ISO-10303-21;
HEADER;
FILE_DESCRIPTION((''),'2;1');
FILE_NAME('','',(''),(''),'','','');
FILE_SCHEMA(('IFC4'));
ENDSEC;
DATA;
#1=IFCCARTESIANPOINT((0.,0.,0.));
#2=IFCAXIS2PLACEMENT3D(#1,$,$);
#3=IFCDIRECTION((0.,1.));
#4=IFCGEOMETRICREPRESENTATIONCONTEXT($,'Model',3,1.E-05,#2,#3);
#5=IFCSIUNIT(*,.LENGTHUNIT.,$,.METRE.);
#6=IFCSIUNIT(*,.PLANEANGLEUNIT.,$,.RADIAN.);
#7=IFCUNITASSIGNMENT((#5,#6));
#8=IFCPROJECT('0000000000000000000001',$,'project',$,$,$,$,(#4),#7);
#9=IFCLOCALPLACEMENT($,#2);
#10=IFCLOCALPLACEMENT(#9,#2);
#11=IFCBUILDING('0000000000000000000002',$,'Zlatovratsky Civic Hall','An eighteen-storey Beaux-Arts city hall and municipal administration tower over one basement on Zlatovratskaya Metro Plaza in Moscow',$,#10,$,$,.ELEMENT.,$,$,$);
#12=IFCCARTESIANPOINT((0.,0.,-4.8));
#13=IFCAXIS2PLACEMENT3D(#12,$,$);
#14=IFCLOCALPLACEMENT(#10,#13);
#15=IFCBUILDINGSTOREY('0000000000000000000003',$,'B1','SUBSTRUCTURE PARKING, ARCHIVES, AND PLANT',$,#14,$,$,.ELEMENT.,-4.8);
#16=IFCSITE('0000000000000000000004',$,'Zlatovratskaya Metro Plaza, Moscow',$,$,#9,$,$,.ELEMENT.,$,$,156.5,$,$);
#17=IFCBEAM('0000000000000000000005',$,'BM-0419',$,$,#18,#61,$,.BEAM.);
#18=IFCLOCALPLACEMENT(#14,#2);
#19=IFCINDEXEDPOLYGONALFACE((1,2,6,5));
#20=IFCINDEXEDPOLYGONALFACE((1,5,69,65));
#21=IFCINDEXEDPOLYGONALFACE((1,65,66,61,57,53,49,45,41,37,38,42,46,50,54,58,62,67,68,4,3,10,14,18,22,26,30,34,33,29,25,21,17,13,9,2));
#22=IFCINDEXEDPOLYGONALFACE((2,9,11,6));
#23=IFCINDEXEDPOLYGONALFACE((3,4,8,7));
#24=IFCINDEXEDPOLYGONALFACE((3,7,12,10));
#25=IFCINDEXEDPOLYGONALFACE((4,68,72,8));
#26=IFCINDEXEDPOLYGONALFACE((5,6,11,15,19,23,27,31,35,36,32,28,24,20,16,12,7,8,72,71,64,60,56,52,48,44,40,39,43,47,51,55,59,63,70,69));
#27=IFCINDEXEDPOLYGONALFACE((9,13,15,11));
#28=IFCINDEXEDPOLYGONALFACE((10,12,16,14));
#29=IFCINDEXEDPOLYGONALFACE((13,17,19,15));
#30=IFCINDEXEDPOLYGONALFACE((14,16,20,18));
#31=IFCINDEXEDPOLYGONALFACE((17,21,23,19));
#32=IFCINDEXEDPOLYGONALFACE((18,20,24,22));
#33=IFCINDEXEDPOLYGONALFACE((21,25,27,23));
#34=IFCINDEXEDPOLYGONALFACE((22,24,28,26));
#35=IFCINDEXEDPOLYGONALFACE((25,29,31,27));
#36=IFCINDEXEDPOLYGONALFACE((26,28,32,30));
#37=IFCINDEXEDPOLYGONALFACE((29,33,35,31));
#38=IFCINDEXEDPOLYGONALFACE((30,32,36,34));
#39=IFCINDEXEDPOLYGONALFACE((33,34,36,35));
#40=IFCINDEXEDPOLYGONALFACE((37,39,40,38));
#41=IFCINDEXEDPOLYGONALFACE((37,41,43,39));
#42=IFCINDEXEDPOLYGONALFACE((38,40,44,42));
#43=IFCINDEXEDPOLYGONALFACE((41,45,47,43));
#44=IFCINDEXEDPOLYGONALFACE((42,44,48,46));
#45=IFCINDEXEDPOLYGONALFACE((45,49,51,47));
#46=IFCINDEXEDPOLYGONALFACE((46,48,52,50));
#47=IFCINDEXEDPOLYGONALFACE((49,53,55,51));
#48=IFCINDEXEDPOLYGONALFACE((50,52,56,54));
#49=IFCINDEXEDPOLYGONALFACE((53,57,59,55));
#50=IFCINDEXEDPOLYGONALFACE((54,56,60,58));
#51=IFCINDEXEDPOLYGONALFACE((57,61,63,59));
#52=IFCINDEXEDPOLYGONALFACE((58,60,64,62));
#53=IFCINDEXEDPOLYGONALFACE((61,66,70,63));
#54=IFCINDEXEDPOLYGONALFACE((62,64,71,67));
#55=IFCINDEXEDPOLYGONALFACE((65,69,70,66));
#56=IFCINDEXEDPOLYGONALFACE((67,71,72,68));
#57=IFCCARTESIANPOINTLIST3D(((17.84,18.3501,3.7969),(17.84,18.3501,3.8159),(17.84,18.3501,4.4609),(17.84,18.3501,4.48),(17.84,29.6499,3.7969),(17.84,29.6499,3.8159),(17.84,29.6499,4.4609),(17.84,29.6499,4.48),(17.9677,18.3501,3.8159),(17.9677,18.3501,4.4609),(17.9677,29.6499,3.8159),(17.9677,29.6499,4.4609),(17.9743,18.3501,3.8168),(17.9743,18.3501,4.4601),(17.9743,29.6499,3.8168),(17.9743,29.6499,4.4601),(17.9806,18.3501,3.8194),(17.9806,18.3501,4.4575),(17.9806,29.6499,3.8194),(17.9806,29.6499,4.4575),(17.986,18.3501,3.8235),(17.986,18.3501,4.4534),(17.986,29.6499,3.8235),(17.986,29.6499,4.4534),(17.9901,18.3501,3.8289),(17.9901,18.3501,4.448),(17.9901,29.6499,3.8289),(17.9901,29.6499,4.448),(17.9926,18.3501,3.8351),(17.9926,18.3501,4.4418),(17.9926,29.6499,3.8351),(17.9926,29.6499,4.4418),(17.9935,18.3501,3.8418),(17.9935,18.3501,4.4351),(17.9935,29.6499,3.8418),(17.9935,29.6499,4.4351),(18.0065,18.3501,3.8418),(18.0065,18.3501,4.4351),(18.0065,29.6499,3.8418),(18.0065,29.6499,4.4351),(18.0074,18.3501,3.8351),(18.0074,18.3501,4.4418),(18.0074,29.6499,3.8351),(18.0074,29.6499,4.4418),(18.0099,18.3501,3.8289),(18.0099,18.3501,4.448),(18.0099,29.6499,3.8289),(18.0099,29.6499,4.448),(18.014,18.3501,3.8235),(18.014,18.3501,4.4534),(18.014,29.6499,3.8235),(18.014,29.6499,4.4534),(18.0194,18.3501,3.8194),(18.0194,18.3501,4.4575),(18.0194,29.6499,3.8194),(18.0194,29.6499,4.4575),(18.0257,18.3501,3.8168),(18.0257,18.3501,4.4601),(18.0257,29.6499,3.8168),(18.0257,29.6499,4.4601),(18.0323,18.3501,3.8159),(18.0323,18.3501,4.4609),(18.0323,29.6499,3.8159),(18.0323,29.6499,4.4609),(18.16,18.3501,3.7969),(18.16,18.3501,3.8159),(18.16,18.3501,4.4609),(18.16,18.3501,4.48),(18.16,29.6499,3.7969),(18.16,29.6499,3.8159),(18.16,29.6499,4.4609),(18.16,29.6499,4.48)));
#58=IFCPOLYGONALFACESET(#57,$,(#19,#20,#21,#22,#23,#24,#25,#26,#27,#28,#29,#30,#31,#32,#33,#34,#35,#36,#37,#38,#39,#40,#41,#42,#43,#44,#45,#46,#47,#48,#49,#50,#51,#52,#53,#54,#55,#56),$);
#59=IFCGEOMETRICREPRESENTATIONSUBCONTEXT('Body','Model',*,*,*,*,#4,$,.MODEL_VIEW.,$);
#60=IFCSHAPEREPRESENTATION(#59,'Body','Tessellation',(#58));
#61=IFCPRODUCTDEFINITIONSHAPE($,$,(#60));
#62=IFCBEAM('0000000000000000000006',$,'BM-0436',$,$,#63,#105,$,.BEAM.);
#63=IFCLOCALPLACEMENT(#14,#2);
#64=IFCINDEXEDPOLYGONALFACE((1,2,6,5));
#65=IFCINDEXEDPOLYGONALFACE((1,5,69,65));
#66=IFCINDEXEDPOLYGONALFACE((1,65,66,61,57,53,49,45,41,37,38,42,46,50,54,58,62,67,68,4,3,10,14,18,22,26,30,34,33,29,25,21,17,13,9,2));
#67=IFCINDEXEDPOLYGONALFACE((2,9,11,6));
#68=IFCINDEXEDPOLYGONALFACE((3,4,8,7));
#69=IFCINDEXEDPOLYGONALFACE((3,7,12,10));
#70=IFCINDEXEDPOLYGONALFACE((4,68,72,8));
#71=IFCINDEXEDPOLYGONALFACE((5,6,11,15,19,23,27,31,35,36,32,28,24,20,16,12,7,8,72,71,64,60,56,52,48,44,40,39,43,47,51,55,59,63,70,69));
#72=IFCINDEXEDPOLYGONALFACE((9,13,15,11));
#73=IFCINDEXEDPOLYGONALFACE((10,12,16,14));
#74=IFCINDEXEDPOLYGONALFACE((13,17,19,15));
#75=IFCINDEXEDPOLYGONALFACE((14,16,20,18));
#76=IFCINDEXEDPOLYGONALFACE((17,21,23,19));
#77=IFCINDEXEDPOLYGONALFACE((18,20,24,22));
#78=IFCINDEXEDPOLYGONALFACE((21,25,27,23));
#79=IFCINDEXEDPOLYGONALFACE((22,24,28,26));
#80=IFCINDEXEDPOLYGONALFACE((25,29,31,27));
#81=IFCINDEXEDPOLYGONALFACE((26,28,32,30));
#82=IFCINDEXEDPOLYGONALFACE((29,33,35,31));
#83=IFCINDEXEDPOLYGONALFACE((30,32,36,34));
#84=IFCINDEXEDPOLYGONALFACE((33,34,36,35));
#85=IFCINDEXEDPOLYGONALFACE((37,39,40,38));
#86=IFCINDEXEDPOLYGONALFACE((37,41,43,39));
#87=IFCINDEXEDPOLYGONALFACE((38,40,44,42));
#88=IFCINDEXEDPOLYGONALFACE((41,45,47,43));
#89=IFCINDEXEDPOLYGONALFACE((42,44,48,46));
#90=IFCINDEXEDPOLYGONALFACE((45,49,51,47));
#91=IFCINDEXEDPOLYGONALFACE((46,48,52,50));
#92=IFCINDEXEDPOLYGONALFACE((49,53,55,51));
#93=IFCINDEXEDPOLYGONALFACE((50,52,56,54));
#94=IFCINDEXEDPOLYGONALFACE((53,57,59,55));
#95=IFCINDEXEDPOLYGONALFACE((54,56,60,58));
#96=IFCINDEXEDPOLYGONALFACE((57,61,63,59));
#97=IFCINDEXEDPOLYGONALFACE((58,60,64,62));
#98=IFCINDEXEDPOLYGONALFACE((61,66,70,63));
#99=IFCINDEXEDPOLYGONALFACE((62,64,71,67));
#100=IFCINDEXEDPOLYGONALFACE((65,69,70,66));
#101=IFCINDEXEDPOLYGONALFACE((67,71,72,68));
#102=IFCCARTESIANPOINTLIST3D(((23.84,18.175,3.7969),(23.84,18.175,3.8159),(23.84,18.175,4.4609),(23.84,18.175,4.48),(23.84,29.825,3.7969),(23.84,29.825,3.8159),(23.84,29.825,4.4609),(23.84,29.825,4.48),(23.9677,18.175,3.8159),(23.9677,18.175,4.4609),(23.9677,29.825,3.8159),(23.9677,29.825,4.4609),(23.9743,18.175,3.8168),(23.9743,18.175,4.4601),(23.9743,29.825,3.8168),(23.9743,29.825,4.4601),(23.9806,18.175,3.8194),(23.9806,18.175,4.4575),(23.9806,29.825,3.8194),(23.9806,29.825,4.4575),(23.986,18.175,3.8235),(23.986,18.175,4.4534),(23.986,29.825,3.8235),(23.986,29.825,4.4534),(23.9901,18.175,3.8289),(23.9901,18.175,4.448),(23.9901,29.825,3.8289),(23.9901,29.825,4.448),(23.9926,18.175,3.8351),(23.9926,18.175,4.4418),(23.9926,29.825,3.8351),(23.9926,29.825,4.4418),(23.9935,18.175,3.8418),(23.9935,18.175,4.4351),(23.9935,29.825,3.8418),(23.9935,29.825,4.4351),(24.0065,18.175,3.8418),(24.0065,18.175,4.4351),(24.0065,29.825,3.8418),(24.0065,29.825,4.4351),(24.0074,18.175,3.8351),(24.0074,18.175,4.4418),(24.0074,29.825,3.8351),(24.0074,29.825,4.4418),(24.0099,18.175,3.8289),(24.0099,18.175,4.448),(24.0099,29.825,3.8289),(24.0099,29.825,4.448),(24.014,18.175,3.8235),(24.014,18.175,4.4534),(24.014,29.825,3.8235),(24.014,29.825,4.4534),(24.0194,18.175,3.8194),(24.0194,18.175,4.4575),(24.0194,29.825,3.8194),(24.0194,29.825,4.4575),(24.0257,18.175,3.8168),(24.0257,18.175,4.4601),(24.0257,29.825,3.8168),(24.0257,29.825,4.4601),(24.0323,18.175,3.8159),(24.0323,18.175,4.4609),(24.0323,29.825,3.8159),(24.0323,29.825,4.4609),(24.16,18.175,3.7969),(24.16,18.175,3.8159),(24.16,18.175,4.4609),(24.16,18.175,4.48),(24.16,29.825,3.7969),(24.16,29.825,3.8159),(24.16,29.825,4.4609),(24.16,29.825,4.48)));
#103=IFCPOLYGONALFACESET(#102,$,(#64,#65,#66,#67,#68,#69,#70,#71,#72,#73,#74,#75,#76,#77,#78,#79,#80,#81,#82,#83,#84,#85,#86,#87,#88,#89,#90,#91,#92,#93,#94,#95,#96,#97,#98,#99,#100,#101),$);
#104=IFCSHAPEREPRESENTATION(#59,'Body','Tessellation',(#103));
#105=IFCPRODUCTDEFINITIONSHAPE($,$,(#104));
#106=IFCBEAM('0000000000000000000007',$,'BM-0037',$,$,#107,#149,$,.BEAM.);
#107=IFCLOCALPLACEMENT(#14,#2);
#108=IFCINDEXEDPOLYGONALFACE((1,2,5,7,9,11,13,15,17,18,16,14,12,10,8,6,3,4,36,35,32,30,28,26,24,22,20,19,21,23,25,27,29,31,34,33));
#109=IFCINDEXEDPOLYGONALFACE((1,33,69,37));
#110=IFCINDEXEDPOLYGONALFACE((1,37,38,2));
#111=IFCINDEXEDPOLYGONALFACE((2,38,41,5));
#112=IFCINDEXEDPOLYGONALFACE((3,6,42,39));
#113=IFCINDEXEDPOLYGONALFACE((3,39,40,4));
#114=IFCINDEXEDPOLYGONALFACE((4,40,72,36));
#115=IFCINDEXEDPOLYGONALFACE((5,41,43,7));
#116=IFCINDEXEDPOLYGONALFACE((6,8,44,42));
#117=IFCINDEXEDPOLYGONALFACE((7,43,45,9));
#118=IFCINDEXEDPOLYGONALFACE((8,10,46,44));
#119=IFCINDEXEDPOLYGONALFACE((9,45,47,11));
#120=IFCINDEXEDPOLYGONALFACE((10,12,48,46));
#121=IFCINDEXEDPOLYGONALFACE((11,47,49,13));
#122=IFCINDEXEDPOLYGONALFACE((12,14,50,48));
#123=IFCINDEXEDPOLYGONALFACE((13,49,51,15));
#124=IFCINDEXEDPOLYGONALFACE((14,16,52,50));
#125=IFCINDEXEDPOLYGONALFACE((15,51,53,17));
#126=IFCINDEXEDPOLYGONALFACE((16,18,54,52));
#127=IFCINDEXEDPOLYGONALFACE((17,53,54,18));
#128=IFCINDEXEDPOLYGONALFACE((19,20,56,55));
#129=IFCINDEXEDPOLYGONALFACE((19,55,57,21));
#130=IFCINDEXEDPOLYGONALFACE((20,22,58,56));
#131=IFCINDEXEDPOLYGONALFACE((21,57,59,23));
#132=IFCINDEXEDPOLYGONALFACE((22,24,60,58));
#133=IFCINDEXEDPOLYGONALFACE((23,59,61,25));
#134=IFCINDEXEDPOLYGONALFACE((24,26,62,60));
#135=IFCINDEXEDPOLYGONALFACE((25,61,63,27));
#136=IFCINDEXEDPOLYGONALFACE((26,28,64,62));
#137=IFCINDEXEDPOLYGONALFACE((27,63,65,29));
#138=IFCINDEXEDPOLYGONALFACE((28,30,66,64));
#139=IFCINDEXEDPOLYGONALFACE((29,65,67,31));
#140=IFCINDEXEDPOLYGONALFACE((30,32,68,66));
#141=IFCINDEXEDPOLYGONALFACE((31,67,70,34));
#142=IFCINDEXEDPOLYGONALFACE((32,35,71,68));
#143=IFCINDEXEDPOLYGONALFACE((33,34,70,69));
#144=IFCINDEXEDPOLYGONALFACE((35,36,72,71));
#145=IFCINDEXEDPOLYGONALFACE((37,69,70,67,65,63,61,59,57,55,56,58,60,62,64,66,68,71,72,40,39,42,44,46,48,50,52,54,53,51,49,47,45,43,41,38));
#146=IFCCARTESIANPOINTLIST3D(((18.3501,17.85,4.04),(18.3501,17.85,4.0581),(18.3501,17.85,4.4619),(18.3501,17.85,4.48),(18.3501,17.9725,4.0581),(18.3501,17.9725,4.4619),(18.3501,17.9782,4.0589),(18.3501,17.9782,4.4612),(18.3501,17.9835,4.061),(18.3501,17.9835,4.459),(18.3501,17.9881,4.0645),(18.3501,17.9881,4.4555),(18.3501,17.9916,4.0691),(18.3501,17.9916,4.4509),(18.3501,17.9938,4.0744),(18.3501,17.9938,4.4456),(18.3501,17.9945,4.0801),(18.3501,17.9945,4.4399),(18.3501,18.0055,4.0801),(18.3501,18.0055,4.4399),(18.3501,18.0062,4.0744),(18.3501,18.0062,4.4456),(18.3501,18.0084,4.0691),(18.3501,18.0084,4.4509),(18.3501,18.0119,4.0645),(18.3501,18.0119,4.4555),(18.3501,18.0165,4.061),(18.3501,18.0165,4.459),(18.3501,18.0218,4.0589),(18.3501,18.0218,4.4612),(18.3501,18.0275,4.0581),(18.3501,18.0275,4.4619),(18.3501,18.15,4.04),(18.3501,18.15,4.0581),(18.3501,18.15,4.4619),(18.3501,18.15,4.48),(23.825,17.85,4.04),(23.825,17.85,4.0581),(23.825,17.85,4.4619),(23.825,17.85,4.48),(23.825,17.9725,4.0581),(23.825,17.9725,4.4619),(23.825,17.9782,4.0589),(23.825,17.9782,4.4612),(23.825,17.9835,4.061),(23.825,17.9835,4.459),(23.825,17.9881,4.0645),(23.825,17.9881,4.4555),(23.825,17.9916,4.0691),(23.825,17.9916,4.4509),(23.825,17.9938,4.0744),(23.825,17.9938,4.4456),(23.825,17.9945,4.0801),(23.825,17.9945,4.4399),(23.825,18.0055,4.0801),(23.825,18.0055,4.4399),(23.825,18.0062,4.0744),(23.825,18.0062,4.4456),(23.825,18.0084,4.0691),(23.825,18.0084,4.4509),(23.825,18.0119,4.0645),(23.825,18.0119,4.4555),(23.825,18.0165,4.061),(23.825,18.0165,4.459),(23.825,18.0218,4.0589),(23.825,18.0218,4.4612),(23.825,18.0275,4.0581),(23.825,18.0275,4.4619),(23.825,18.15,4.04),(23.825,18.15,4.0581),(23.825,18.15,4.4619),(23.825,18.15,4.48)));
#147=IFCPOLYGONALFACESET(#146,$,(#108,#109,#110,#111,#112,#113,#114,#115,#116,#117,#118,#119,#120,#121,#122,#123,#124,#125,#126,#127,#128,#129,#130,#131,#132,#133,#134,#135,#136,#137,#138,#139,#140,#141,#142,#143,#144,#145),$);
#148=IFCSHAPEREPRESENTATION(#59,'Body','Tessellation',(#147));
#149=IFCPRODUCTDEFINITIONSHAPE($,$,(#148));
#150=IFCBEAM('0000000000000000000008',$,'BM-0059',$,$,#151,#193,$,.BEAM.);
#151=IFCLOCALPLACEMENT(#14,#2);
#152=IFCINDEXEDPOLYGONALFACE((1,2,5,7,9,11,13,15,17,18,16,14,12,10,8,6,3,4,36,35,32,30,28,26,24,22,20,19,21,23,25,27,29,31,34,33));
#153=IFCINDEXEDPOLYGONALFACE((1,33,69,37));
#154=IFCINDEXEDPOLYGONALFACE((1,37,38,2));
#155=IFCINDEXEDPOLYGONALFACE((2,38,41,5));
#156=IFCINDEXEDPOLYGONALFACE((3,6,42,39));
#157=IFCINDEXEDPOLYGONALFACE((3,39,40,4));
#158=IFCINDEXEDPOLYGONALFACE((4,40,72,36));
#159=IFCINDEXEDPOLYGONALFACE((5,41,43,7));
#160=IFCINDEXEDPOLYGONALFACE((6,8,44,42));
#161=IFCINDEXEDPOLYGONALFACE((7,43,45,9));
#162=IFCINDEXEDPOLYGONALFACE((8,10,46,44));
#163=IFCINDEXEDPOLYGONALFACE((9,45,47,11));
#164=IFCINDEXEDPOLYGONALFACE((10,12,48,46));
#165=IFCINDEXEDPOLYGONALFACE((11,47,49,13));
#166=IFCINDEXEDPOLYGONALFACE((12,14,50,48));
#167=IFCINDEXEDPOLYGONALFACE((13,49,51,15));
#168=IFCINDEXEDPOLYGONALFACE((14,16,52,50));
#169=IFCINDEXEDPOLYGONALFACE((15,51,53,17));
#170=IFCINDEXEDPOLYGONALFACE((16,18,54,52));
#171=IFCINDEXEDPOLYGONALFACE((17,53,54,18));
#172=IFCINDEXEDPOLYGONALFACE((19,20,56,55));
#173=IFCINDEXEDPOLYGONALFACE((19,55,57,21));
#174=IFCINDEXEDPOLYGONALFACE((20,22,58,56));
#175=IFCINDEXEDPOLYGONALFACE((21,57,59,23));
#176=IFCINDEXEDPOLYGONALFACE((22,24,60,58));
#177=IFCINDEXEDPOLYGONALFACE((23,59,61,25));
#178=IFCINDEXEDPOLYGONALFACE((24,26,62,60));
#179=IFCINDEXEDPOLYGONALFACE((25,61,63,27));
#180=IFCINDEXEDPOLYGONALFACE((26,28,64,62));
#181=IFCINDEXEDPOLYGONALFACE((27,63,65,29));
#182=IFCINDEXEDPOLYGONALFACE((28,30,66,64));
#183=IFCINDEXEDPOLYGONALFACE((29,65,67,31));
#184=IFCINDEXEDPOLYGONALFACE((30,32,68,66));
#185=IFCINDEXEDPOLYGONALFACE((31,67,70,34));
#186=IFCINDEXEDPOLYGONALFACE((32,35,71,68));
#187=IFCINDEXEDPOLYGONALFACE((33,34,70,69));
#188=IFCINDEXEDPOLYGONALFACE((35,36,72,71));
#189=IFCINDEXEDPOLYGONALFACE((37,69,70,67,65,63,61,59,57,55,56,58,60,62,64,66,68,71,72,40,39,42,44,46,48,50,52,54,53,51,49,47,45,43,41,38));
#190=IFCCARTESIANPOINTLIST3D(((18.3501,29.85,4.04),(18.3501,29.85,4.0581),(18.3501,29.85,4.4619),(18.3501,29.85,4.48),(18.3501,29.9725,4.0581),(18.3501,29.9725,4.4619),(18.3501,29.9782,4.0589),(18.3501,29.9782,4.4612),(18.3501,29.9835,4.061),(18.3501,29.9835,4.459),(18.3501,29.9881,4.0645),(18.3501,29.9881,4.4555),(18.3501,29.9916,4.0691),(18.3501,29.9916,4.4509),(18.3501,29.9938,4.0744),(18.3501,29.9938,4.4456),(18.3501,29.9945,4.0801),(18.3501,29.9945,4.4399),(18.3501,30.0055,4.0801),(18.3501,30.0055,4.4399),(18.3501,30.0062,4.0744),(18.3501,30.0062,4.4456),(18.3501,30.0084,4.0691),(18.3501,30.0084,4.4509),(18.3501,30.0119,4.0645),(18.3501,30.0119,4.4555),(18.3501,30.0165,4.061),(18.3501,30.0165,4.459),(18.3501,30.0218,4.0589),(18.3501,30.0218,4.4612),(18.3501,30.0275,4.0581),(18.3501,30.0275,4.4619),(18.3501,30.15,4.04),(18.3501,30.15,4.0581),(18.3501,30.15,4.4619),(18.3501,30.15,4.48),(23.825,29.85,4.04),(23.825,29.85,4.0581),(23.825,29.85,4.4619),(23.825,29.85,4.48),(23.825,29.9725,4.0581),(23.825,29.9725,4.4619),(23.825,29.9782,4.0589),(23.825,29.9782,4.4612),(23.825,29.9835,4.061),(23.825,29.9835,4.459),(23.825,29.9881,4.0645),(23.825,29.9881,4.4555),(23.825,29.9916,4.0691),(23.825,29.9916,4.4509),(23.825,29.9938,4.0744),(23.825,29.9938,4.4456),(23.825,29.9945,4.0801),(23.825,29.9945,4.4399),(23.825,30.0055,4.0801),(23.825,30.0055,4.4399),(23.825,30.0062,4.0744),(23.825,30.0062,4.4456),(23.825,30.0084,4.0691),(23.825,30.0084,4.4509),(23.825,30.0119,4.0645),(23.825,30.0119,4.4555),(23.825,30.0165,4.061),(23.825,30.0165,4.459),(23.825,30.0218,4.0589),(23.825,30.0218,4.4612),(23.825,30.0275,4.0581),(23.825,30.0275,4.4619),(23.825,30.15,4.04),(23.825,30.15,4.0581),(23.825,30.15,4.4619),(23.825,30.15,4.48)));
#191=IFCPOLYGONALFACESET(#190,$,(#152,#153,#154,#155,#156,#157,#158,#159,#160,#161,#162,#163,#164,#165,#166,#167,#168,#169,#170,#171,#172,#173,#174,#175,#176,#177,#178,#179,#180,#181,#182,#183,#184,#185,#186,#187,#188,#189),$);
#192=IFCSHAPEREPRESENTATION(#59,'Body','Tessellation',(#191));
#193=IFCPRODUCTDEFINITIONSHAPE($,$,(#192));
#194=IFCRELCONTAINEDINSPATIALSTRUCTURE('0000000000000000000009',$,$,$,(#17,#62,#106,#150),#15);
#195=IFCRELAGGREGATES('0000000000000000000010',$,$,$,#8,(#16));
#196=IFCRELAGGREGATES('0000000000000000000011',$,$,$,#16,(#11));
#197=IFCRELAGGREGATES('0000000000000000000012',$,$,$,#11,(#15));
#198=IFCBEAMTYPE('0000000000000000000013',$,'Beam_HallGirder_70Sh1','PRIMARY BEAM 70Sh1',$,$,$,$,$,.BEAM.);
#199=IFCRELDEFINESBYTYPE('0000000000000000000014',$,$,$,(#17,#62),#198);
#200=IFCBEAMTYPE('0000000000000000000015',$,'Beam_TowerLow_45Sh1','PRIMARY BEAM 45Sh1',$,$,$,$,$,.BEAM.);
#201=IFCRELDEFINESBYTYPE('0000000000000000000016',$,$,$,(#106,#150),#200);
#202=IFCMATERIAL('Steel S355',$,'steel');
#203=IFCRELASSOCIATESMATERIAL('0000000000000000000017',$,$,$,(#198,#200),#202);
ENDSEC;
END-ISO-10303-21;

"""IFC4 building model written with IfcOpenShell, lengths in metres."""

from ifc_helpers import new_model, si_unit, direction, frame, origin, origin_2d, place, context, subcontext, project, spatial, i_section, extrude, material, material_profile, profile_set, type_object, element, save


model = new_model("IFC4")

# Units and contexts
model_context = context("Model", 3, precision=1e-05, world=origin(), true_north=direction((0.0, 1.0)))
body_context = subcontext(model_context, "Body", "Model", "MODEL_VIEW")
ifc_project = project(units=[si_unit("LENGTHUNIT", "METRE"), si_unit("PLANEANGLEUNIT", "RADIAN")], contexts=[model_context])

# Site, building, storey
site_placement = place(None, origin())
site = spatial("IfcSite", under=ifc_project, at=site_placement, Name="Zlatovratskaya Metro Plaza, Moscow", CompositionType="ELEMENT", RefElevation=156.5)
building_placement = place(site_placement, origin())
building = spatial("IfcBuilding", under=site, at=building_placement, Name="Zlatovratsky Civic Hall", Description="An eighteen-storey Beaux-Arts city hall and municipal administration tower over one basement on Zlatovratskaya Metro Plaza in Moscow", CompositionType="ELEMENT")
storey_placement = place(building_placement, frame((0.0, 0.0, -4.8)))
storey = spatial("IfcBuildingStorey", under=building, at=storey_placement, Name="B1", Description="SUBSTRUCTURE PARKING, ARCHIVES, AND PLANT", CompositionType="ELEMENT", Elevation=-4.8)

# Shared definitions
ifc_material_1 = material(Name="Steel S355", Category="steel")

# Beams
ifc_material_profile_1 = material_profile(ifc_material_1, i_section(OverallWidth=0.3201, OverallDepth=0.6831, WebThickness=0.0129, FlangeThickness=0.019, FilletRadius=0.0259, at=origin_2d()), Name="70Sh1")
ifc_profile_set_1 = profile_set([ifc_material_profile_1], Name="Steel S355")
beam_type_1 = type_object("IfcBeamType", Name="Beam_HallGirder_70Sh1", Description="PRIMARY BEAM 70Sh1", PredefinedType="BEAM", material=ifc_profile_set_1)
beam_1_placement = place(storey_placement, frame((18.0, 18.3501, 4.1384), z_axis=(0.0, 1.0, 0.0), x_axis=(-1.0, 0.0, 0.0)))
element("IfcBeam", 1, at=beam_1_placement, inside=storey, type_object=beam_type_1, Name="BM-0419", PredefinedType="BEAM", context=body_context, shape_type="SweptSolid", body=[
    extrude(i_section(OverallWidth=0.3201, OverallDepth=0.6831, WebThickness=0.0129, FlangeThickness=0.019, FilletRadius=0.0259, at=origin_2d()), origin(), (0.0, 0.0, 1.0), 11.2998),
])
beam_2_placement = place(storey_placement, frame((24.0, 18.175, 4.1384), z_axis=(0.0, 1.0, 0.0), x_axis=(-1.0, 0.0, 0.0)))
element("IfcBeam", 2, at=beam_2_placement, inside=storey, type_object=beam_type_1, Name="BM-0436", PredefinedType="BEAM", context=body_context, shape_type="SweptSolid", body=[
    extrude(i_section(OverallWidth=0.3201, OverallDepth=0.6831, WebThickness=0.0129, FlangeThickness=0.019, FilletRadius=0.0259, at=origin_2d()), origin(), (0.0, 0.0, 1.0), 11.6499),
])
ifc_material_profile_2 = material_profile(ifc_material_1, i_section(OverallWidth=0.3, OverallDepth=0.4399, WebThickness=0.011, FlangeThickness=0.0181, FilletRadius=0.022, at=origin_2d()), Name="45Sh1")
ifc_profile_set_2 = profile_set([ifc_material_profile_2], Name="Steel S355")
beam_type_2 = type_object("IfcBeamType", Name="Beam_TowerLow_45Sh1", Description="PRIMARY BEAM 45Sh1", PredefinedType="BEAM", material=ifc_profile_set_2)
for number, where, z_axis, x_axis, name in (
    (3, (18.3501, 18.0, 4.26), (1.0, 0.0, 0.0), (0.0, 1.0, 0.0), "BM-0037"),
    (4, (18.3501, 30.0, 4.26), (1.0, 0.0, 0.0), (0.0, 1.0, 0.0), "BM-0059"),
):
    element("IfcBeam", number, at=place(storey_placement, frame(where, z_axis=z_axis, x_axis=x_axis)), inside=storey, type_object=beam_type_2, Name=name, PredefinedType="BEAM", context=body_context, shape_type="SweptSolid", body=[
        extrude(i_section(OverallWidth=0.3, OverallDepth=0.4399, WebThickness=0.011, FlangeThickness=0.0181, FilletRadius=0.022, at=origin_2d()), origin(), (0.0, 0.0, 1.0), 5.4749),
    ])

save(model, "model.ifc")
